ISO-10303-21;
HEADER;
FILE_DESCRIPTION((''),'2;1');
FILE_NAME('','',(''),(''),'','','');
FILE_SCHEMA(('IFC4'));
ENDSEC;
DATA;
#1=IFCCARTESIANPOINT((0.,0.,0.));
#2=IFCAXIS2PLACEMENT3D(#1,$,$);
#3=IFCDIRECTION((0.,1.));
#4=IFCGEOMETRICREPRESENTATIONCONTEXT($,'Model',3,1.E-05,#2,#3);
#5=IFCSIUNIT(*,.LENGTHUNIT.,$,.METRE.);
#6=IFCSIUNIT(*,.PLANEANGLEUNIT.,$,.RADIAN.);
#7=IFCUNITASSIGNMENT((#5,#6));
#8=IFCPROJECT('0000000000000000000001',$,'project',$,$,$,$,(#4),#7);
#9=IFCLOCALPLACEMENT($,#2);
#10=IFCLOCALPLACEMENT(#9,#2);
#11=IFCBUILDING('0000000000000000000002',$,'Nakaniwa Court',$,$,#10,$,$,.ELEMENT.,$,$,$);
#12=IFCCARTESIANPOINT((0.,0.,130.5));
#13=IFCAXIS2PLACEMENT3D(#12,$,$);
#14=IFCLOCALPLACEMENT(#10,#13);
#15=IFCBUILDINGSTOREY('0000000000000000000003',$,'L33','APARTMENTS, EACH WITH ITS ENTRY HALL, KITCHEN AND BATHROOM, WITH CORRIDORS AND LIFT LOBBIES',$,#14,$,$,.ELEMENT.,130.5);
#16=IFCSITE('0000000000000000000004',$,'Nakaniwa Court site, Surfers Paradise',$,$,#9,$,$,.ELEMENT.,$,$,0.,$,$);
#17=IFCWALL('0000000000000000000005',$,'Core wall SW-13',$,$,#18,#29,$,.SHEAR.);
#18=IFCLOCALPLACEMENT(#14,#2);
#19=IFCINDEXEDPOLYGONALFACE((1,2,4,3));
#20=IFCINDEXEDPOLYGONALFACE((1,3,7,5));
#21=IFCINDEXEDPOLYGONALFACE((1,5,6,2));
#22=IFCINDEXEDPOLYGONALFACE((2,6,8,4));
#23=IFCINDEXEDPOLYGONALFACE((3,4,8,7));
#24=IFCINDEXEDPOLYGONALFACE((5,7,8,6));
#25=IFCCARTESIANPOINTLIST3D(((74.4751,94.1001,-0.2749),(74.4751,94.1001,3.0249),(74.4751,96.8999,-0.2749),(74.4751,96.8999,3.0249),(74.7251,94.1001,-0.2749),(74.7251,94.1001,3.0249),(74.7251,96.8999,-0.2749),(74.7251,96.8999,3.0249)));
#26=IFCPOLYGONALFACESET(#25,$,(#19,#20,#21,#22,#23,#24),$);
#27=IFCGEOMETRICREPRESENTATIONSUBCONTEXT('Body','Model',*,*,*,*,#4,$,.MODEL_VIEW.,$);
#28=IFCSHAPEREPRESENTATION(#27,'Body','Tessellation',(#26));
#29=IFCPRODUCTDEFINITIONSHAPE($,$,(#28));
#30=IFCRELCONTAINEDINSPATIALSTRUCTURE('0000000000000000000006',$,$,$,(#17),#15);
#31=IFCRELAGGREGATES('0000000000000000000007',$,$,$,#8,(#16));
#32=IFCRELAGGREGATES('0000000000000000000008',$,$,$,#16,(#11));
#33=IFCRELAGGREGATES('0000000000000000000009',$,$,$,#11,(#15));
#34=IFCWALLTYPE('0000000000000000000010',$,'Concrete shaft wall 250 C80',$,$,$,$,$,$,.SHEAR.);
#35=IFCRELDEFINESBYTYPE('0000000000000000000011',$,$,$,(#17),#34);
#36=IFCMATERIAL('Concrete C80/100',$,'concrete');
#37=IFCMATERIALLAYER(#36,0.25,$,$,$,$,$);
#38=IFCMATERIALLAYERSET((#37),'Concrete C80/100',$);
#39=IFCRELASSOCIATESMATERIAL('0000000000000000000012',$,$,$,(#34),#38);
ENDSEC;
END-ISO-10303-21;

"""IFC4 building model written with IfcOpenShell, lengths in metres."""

from ifc_helpers import new_model, si_unit, direction, frame, frame_2d, origin, place, context, subcontext, project, spatial, rectangle, extrude, material, layer, layer_set, type_object, element, save


model = new_model("IFC4")

# Units and contexts
model_context = context("Model", 3, precision=1e-05, world=origin(), true_north=direction((0.0, 1.0)))
body_context = subcontext(model_context, "Body", "Model", "MODEL_VIEW")
ifc_project = project(units=[si_unit("LENGTHUNIT", "METRE"), si_unit("PLANEANGLEUNIT", "RADIAN")], contexts=[model_context])

# Site, building, storey
site_placement = place(None, origin())
site = spatial("IfcSite", under=ifc_project, at=site_placement, Name="Nakaniwa Court site, Surfers Paradise", CompositionType="ELEMENT", RefElevation=0.0)
building_placement = place(site_placement, origin())
building = spatial("IfcBuilding", under=site, at=building_placement, Name="Nakaniwa Court", CompositionType="ELEMENT")
storey_placement = place(building_placement, frame((0.0, 0.0, 130.5)))
storey = spatial("IfcBuildingStorey", under=building, at=storey_placement, Name="L33", Description="APARTMENTS, EACH WITH ITS ENTRY HALL, KITCHEN AND BATHROOM, WITH CORRIDORS AND LIFT LOBBIES", CompositionType="ELEMENT", Elevation=130.5)

# Shared definitions
ifc_material_1 = material(Name="Concrete C80/100", Category="concrete")

# Wall
ifc_layer_1 = layer(ifc_material_1, 0.25)
ifc_layer_set_1 = layer_set([ifc_layer_1], Name="Concrete C80/100")
wall_type_1 = type_object("IfcWallType", Name="Concrete shaft wall 250 C80", PredefinedType="SHEAR", material=ifc_layer_set_1)
wall_1_placement = place(storey_placement, frame((74.6001, 94.1001, -0.2749), z_axis=(0.0, 0.0, 1.0), x_axis=(0.0, 1.0, 0.0)))
element("IfcWall", 1, at=wall_1_placement, inside=storey, type_object=wall_type_1, Name="Core wall SW-13", PredefinedType="SHEAR", context=body_context, shape_type="SweptSolid", body=[
    extrude(rectangle(XDim=2.7998, YDim=0.25, at=frame_2d((1.3999, 0.0))), origin(), (0.0, 0.0, 1.0), 3.2998),
])

save(model, "model.ifc")
